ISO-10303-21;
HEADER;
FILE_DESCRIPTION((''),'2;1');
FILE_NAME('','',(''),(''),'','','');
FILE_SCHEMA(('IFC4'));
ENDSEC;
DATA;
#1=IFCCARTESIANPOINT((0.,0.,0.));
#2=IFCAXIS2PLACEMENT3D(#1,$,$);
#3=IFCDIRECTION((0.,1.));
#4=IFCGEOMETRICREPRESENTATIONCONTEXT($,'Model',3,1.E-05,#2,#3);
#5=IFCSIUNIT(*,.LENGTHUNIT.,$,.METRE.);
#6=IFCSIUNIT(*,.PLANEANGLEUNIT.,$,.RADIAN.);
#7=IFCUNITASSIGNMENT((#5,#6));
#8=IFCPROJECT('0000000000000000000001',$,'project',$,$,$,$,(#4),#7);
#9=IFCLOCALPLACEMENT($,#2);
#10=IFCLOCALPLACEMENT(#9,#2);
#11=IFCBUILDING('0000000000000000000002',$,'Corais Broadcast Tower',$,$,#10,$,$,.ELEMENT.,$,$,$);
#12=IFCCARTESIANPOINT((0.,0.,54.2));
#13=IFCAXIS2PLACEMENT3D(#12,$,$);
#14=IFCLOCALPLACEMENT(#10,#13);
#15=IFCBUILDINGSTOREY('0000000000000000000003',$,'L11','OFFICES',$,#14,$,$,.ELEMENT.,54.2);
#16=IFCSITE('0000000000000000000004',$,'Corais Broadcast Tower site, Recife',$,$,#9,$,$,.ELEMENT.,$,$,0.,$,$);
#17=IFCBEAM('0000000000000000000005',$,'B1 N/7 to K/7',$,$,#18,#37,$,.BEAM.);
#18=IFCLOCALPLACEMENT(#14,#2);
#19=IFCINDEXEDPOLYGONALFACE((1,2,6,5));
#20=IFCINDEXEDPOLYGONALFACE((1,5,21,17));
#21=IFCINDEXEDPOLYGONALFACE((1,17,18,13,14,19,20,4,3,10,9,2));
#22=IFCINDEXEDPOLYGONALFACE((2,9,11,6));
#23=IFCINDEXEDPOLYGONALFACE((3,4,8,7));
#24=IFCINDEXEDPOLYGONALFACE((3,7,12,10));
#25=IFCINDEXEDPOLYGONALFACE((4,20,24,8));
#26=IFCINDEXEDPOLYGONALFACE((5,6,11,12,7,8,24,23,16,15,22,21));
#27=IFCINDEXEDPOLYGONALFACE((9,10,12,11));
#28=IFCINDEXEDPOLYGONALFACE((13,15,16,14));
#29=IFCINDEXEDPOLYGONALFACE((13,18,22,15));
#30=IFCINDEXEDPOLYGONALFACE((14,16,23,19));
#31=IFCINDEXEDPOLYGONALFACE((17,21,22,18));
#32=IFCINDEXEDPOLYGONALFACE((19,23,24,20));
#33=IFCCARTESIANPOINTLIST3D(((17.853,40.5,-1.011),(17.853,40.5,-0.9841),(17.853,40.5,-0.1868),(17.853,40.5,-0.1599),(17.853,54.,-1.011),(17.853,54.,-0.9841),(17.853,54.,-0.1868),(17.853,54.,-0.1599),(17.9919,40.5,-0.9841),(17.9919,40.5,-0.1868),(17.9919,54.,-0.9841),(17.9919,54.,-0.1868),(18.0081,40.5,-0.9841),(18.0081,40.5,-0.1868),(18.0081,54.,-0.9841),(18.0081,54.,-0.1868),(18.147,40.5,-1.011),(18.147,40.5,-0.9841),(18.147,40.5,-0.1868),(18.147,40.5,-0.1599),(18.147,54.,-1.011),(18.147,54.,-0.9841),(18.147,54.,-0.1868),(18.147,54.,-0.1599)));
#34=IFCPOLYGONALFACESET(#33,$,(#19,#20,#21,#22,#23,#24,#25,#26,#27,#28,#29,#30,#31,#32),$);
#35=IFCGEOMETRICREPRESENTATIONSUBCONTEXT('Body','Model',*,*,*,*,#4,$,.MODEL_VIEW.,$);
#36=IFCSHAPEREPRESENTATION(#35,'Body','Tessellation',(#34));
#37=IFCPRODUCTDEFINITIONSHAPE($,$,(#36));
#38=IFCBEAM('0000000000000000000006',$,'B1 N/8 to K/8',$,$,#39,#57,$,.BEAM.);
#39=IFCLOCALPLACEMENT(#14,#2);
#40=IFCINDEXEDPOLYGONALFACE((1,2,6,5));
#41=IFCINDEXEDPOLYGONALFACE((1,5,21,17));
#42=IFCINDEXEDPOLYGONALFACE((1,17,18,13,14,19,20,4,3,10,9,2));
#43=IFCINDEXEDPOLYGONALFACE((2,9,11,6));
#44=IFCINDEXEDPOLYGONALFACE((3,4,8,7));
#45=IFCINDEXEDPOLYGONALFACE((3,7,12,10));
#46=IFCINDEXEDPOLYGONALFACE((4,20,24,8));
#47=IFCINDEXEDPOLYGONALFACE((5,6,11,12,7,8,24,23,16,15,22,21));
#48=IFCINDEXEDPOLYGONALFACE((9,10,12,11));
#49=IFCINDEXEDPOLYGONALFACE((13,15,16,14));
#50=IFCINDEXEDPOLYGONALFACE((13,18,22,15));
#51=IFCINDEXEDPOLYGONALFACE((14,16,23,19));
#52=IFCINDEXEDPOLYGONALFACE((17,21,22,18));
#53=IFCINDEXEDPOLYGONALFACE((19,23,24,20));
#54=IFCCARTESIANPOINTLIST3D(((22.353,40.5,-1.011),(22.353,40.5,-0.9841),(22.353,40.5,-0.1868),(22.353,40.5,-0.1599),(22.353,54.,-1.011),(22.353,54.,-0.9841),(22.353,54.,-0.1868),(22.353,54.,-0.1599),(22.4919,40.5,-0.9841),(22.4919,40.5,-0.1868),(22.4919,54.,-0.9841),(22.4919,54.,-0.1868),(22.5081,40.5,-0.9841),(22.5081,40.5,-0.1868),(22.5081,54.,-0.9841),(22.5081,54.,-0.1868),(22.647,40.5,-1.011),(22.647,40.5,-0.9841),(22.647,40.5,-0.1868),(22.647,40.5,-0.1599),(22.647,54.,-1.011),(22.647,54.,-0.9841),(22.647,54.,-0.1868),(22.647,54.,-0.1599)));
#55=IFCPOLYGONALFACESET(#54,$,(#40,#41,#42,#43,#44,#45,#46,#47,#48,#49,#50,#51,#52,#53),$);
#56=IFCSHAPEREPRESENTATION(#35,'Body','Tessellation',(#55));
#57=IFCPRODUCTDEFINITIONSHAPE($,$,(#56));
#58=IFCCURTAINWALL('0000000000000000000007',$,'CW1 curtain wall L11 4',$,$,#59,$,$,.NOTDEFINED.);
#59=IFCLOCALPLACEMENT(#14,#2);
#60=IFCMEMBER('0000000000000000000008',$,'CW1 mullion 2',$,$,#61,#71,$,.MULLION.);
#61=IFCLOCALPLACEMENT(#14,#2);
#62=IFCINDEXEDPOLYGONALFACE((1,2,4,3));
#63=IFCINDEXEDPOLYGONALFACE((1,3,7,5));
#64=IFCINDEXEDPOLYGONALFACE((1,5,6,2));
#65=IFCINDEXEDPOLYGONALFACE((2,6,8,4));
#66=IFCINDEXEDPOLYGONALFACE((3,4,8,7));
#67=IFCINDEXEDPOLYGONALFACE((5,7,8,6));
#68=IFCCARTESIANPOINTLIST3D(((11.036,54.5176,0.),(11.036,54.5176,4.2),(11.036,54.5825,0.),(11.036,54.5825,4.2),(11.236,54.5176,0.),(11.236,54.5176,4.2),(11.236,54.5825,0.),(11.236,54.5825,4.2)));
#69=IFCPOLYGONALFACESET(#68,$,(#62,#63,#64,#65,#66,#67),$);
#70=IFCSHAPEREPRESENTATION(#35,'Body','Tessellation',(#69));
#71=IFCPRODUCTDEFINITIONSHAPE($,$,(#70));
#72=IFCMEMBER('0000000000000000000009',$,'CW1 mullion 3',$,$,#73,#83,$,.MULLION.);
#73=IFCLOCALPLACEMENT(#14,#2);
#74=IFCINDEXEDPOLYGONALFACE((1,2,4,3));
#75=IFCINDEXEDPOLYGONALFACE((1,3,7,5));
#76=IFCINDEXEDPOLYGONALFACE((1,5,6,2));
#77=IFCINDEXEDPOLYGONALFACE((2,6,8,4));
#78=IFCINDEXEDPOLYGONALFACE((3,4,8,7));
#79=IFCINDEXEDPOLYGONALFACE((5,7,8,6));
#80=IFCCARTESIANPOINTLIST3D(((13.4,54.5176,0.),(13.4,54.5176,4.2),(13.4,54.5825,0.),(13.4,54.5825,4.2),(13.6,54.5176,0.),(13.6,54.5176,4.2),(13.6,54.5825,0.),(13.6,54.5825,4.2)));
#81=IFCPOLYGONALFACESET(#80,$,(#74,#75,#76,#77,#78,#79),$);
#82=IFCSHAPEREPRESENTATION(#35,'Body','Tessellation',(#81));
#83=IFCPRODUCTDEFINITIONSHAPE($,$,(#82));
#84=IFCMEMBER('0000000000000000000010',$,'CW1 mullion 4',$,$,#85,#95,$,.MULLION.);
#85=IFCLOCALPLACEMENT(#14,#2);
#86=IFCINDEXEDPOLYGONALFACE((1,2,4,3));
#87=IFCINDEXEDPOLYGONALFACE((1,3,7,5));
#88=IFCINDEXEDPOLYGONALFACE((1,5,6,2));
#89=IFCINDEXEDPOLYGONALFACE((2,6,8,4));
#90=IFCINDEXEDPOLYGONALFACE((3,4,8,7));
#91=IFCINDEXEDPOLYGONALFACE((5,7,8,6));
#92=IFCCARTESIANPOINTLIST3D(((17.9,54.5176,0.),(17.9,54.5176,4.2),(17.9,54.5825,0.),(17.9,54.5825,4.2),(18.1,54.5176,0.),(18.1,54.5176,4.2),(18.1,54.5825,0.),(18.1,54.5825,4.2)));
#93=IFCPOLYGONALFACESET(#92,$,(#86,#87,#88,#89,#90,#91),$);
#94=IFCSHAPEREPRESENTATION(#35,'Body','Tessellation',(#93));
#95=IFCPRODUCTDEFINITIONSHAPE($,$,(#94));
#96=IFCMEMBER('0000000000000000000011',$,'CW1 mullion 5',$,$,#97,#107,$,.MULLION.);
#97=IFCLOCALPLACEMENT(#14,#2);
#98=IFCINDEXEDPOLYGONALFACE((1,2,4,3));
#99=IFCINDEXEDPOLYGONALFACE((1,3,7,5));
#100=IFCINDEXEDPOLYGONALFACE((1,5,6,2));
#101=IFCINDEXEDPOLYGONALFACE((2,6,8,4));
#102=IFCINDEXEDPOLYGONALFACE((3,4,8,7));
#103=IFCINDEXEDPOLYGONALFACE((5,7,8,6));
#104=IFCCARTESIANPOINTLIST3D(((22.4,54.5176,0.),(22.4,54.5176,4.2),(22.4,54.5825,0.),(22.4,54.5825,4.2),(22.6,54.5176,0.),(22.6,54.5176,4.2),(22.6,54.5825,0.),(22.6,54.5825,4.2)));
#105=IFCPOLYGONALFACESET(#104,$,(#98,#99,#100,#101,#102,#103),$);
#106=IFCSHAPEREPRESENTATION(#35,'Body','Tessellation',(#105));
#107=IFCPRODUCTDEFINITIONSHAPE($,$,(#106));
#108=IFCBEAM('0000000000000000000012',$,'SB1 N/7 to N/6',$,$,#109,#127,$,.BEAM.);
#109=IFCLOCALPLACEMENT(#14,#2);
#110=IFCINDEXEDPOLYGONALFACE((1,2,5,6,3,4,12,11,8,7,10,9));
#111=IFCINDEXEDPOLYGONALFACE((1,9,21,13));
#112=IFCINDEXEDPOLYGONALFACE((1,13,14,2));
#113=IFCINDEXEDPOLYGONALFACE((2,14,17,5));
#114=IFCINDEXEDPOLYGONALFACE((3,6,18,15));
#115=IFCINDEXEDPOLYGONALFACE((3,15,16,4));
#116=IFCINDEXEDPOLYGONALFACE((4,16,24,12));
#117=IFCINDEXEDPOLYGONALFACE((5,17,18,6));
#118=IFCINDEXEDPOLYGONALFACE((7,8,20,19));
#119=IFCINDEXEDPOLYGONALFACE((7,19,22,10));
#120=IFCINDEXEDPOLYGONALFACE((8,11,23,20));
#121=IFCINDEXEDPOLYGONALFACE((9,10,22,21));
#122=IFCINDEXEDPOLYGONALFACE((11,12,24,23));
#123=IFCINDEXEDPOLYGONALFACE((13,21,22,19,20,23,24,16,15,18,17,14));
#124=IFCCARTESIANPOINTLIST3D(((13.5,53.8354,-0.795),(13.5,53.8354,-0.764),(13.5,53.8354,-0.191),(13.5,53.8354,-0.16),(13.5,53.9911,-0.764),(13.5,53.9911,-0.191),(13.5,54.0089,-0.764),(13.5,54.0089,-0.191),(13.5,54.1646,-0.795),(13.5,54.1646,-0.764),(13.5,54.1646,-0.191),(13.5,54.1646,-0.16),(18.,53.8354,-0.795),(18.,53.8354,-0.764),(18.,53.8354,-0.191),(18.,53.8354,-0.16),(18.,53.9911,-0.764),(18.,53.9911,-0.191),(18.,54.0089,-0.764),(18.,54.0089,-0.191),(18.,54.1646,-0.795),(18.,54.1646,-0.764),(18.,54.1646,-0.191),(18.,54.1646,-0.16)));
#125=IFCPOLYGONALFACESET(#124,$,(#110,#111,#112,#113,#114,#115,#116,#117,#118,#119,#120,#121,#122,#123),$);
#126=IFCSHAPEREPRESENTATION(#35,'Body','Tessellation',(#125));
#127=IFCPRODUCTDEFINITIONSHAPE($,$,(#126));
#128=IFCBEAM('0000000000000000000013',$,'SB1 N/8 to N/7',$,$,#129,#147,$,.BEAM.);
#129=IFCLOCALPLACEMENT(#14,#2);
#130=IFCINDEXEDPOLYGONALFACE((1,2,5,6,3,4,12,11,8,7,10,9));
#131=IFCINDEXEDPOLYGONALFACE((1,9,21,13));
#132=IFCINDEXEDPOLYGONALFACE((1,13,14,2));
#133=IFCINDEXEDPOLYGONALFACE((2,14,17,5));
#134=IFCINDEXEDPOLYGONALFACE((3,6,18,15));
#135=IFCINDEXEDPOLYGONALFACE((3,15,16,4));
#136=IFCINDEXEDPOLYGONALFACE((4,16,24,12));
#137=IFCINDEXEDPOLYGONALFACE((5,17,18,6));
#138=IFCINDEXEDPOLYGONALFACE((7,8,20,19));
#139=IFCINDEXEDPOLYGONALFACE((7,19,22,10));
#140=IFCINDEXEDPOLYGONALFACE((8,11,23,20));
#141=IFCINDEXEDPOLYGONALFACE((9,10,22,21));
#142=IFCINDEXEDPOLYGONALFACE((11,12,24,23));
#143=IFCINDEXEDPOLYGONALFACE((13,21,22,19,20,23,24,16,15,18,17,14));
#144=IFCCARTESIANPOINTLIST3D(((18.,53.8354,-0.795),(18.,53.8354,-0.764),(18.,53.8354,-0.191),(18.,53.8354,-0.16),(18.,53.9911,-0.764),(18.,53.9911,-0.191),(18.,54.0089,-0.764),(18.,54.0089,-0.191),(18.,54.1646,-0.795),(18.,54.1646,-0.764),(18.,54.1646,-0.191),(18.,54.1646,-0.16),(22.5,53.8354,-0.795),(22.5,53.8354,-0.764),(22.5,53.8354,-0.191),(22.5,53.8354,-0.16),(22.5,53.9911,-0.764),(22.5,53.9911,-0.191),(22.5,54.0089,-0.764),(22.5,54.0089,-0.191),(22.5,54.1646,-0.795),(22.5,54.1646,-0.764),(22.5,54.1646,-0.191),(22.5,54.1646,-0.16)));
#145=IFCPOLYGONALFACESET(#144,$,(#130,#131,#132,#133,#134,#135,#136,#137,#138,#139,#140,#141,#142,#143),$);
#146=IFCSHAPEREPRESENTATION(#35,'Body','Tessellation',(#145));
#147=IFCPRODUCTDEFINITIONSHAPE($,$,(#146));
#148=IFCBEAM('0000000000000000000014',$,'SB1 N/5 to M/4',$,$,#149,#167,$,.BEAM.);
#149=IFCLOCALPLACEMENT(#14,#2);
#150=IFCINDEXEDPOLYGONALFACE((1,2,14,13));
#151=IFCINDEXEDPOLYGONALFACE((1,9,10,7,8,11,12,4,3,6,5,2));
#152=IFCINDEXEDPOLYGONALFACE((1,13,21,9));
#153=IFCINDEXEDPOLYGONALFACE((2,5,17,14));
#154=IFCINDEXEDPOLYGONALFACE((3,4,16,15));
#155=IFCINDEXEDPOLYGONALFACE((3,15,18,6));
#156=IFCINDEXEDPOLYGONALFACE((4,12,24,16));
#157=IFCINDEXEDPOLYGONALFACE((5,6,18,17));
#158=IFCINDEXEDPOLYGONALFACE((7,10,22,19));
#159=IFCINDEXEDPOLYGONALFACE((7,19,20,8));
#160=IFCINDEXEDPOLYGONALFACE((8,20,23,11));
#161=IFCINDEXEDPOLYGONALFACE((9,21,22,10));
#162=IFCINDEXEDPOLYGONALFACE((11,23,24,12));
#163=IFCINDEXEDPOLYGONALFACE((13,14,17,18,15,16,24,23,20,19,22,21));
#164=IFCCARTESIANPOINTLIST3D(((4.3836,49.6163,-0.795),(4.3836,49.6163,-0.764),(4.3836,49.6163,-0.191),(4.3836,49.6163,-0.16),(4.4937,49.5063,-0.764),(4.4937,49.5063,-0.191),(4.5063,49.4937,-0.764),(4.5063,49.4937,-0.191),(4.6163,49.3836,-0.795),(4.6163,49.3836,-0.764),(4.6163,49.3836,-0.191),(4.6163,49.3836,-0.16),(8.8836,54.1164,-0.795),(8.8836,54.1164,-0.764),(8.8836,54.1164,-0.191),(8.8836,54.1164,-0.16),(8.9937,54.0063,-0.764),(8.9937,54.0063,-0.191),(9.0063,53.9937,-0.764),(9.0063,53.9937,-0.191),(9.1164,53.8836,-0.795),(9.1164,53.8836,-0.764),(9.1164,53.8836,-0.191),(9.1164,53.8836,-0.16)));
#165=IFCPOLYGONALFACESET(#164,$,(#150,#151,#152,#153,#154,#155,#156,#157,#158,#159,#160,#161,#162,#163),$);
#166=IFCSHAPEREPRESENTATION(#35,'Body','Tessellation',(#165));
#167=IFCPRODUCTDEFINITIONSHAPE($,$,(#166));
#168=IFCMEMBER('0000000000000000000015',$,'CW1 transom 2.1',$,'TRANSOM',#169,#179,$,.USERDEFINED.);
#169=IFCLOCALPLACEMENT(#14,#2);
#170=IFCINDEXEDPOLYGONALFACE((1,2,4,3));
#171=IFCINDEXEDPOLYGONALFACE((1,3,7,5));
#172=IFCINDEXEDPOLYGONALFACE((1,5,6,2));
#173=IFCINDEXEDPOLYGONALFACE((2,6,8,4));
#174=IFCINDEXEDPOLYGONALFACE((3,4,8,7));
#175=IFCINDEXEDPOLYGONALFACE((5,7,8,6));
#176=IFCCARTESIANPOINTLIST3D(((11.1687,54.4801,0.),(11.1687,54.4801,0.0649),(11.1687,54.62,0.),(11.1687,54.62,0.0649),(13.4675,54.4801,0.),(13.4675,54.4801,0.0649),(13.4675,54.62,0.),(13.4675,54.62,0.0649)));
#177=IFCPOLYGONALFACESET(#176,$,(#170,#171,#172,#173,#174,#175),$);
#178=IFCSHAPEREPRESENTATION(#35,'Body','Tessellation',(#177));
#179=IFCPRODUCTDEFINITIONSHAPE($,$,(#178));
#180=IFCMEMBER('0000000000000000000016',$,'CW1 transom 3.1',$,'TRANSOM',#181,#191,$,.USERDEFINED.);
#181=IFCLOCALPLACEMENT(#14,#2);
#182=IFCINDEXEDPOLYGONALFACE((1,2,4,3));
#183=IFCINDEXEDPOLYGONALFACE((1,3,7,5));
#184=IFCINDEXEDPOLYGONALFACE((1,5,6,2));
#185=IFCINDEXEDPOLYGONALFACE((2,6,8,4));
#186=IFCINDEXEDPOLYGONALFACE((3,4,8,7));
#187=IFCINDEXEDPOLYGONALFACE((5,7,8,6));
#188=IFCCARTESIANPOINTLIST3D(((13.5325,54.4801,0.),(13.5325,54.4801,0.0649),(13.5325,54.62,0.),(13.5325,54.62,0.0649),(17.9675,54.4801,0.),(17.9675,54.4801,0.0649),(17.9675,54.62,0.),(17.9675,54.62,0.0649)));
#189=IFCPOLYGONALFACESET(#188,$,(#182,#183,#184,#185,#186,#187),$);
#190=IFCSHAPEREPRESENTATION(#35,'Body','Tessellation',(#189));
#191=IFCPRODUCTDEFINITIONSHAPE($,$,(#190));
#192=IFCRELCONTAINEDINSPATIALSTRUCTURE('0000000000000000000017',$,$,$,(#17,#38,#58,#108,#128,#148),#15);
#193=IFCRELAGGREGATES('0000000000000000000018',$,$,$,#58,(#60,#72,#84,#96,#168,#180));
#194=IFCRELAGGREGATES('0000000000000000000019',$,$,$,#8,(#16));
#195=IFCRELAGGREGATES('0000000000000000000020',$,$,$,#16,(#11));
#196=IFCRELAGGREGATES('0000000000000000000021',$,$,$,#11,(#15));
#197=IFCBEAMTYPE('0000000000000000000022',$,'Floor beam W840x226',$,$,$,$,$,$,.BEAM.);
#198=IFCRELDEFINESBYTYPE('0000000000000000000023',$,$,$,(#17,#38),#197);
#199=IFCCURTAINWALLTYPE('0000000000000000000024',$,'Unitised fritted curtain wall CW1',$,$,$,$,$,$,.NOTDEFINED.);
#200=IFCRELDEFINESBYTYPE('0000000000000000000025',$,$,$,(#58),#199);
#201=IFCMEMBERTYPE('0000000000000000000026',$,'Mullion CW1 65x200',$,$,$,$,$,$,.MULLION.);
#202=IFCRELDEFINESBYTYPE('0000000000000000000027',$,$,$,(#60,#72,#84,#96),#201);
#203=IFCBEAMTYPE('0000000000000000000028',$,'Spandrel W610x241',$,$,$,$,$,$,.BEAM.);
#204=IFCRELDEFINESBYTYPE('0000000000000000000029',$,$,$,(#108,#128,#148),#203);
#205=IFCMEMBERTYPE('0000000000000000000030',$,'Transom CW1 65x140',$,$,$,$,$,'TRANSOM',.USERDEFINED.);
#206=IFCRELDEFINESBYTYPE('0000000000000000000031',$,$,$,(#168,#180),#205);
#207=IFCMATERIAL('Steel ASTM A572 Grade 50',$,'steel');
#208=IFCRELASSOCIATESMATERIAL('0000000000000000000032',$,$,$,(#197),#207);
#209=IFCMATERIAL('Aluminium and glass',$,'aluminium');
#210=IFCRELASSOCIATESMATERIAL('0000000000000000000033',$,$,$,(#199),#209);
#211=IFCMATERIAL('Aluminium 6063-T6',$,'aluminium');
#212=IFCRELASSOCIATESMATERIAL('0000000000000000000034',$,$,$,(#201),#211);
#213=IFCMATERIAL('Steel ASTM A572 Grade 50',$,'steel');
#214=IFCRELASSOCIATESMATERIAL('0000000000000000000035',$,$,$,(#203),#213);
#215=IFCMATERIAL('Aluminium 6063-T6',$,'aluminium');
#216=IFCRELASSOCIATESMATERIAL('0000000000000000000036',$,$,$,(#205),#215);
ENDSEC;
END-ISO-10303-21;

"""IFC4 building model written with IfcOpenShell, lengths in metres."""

from ifc_helpers import new_model, si_unit, direction, frame, origin, origin_2d, place, context, subcontext, project, spatial, rectangle, i_section, extrude, material, material_profile, profile_set, type_object, element, aggregate, save


model = new_model("IFC4")

# Units and contexts
model_context = context("Model", 3, precision=1e-05, world=origin(), true_north=direction((0.0, 1.0)))
body_context = subcontext(model_context, "Body", "Model", "MODEL_VIEW")
ifc_project = project(units=[si_unit("LENGTHUNIT", "METRE"), si_unit("PLANEANGLEUNIT", "RADIAN")], contexts=[model_context])

# Site, building, storey
site_placement = place(None, origin())
site = spatial("IfcSite", under=ifc_project, at=site_placement, Name="Corais Broadcast Tower site, Recife", CompositionType="ELEMENT", RefElevation=0.0)
building_placement = place(site_placement, origin())
building = spatial("IfcBuilding", under=site, at=building_placement, Name="Corais Broadcast Tower", CompositionType="ELEMENT")
storey_placement = place(building_placement, frame((0.0, 0.0, 54.2)))
storey = spatial("IfcBuildingStorey", under=building, at=storey_placement, Name="L11", Description="OFFICES", CompositionType="ELEMENT", Elevation=54.2)

# Beams
ifc_material_1 = material(Name="Steel ASTM A572 Grade 50", Category="steel")
ifc_material_profile_1 = material_profile(ifc_material_1, i_section(OverallWidth=0.2939, OverallDepth=0.8511, WebThickness=0.0161, FlangeThickness=0.0269, at=origin_2d()), Name="W840x226")
ifc_profile_set_1 = profile_set([ifc_material_profile_1], Name="Steel ASTM A572 Grade 50")
beam_type_1 = type_object("IfcBeamType", Name="Floor beam W840x226", PredefinedType="BEAM", material=ifc_profile_set_1)
for number, where, z_axis, x_axis, name in (
    (1, (18.0, 54.0, -0.5854), (0.0, -1.0, 0.0), (1.0, 0.0, 0.0), "B1 N/7 to K/7"),
    (2, (22.5, 54.0, -0.5854), (0.0, -1.0, 0.0), (1.0, 0.0, 0.0), "B1 N/8 to K/8"),
):
    element("IfcBeam", number, at=place(storey_placement, frame(where, z_axis=z_axis, x_axis=x_axis)), inside=storey, type_object=beam_type_1, Name=name, PredefinedType="BEAM", context=body_context, shape_type="SweptSolid", body=[
        extrude(i_section(OverallWidth=0.2939, OverallDepth=0.8511, WebThickness=0.0161, FlangeThickness=0.0269, at=origin_2d()), origin(), (0.0, 0.0, 1.0), 13.5),
    ])

# Curtain wall, members
ifc_material_2 = material(Name="Aluminium and glass", Category="aluminium")
curtain_wall_type = type_object("IfcCurtainWallType", Name="Unitised fritted curtain wall CW1", PredefinedType="NOTDEFINED", material=ifc_material_2)
curtain_wall_placement = place(storey_placement, origin())
curtain_wall = element("IfcCurtainWall", 3, at=curtain_wall_placement, inside=storey, type_object=curtain_wall_type, Name="CW1 curtain wall L11 4", PredefinedType="NOTDEFINED")
ifc_material_3 = material(Name="Aluminium 6063-T6", Category="aluminium")
ifc_material_profile_2 = material_profile(ifc_material_3, rectangle(XDim=0.0649, YDim=0.2, at=origin_2d()), Name="Mullion CW1 65x200")
ifc_profile_set_2 = profile_set([ifc_material_profile_2], Name="Aluminium 6063-T6")
member_type_1 = type_object("IfcMemberType", Name="Mullion CW1 65x200", PredefinedType="MULLION", material=ifc_profile_set_2)
member_1_placement = place(storey_placement, frame((11.136, 54.55, 0.0), z_axis=(0.0, 0.0, 1.0), x_axis=(0.0, 1.0, 0.0)))
member_1 = element("IfcMember", 4, at=member_1_placement, type_object=member_type_1, Name="CW1 mullion 2", PredefinedType="MULLION", context=body_context, shape_type="SweptSolid", body=[
    extrude(rectangle(XDim=0.0649, YDim=0.2, at=origin_2d()), origin(), (0.0, 0.0, 1.0), 4.2),
])
member_2_placement = place(storey_placement, frame((13.5, 54.55, 0.0), z_axis=(0.0, 0.0, 1.0), x_axis=(0.0, 1.0, 0.0)))
member_2 = element("IfcMember", 5, at=member_2_placement, type_object=member_type_1, Name="CW1 mullion 3", PredefinedType="MULLION", context=body_context, shape_type="SweptSolid", body=[
    extrude(rectangle(XDim=0.0649, YDim=0.2, at=origin_2d()), origin(), (0.0, 0.0, 1.0), 4.2),
])
member_3_placement = place(storey_placement, frame((18.0, 54.55, 0.0), z_axis=(0.0, 0.0, 1.0), x_axis=(0.0, 1.0, 0.0)))
member_3 = element("IfcMember", 6, at=member_3_placement, type_object=member_type_1, Name="CW1 mullion 4", PredefinedType="MULLION", context=body_context, shape_type="SweptSolid", body=[
    extrude(rectangle(XDim=0.0649, YDim=0.2, at=origin_2d()), origin(), (0.0, 0.0, 1.0), 4.2),
])
member_4_placement = place(storey_placement, frame((22.5, 54.55, 0.0), z_axis=(0.0, 0.0, 1.0), x_axis=(0.0, 1.0, 0.0)))
member_4 = element("IfcMember", 7, at=member_4_placement, type_object=member_type_1, Name="CW1 mullion 5", PredefinedType="MULLION", context=body_context, shape_type="SweptSolid", body=[
    extrude(rectangle(XDim=0.0649, YDim=0.2, at=origin_2d()), origin(), (0.0, 0.0, 1.0), 4.2),
])

# Beams
ifc_material_4 = material(Name="Steel ASTM A572 Grade 50", Category="steel")
ifc_material_profile_3 = material_profile(ifc_material_4, i_section(OverallWidth=0.3291, OverallDepth=0.635, WebThickness=0.0178, FlangeThickness=0.031, at=origin_2d()), Name="W610x241")
ifc_profile_set_3 = profile_set([ifc_material_profile_3], Name="Steel ASTM A572 Grade 50")
beam_type_2 = type_object("IfcBeamType", Name="Spandrel W610x241", PredefinedType="BEAM", material=ifc_profile_set_3)
for number, where, z_axis, x_axis, name in (
    (8, (18.0, 54.0, -0.4775), (-1.0, 0.0, 0.0), (0.0, -1.0, 0.0), "SB1 N/7 to N/6"),
    (9, (22.5, 54.0, -0.4775), (-1.0, 0.0, 0.0), (0.0, -1.0, 0.0), "SB1 N/8 to N/7"),
):
    element("IfcBeam", number, at=place(storey_placement, frame(where, z_axis=z_axis, x_axis=x_axis)), inside=storey, type_object=beam_type_2, Name=name, PredefinedType="BEAM", context=body_context, shape_type="SweptSolid", body=[
        extrude(i_section(OverallWidth=0.3291, OverallDepth=0.635, WebThickness=0.0178, FlangeThickness=0.031, at=origin_2d()), origin(), (0.0, 0.0, 1.0), 4.5),
    ])
beam_1_placement = place(storey_placement, frame((9.0, 54.0, -0.4775), z_axis=(-0.707107, -0.707107, 0.0), x_axis=(0.707107, -0.707107, 0.0)))
element("IfcBeam", 10, at=beam_1_placement, inside=storey, type_object=beam_type_2, Name="SB1 N/5 to M/4", PredefinedType="BEAM", context=body_context, shape_type="SweptSolid", body=[
    extrude(i_section(OverallWidth=0.3291, OverallDepth=0.635, WebThickness=0.0178, FlangeThickness=0.031, at=origin_2d()), origin(), (0.0, 0.0, 1.0), 6.364),
])

# Members
ifc_material_5 = material(Name="Aluminium 6063-T6", Category="aluminium")
ifc_material_profile_4 = material_profile(ifc_material_5, rectangle(XDim=0.1399, YDim=0.0649, at=origin_2d()), Name="Transom CW1 65x140")
ifc_profile_set_4 = profile_set([ifc_material_profile_4], Name="Aluminium 6063-T6")
member_type_2 = type_object("IfcMemberType", Name="Transom CW1 65x140", ElementType="TRANSOM", PredefinedType="USERDEFINED", material=ifc_profile_set_4)
member_5_placement = place(storey_placement, frame((11.1687, 54.55, 0.0325), z_axis=(1.0, 0.0, 0.0), x_axis=(0.0, 1.0, 0.0)))
member_5 = element("IfcMember", 11, at=member_5_placement, type_object=member_type_2, Name="CW1 transom 2.1", ObjectType="TRANSOM", PredefinedType="USERDEFINED", context=body_context, shape_type="SweptSolid", body=[
    extrude(rectangle(XDim=0.1399, YDim=0.0649, at=origin_2d()), origin(), (0.0, 0.0, 1.0), 2.2988),
])
member_6_placement = place(storey_placement, frame((13.5325, 54.55, 0.0325), z_axis=(1.0, 0.0, 0.0), x_axis=(0.0, 1.0, 0.0)))
member_6 = element("IfcMember", 12, at=member_6_placement, type_object=member_type_2, Name="CW1 transom 3.1", ObjectType="TRANSOM", PredefinedType="USERDEFINED", context=body_context, shape_type="SweptSolid", body=[
    extrude(rectangle(XDim=0.1399, YDim=0.0649, at=origin_2d()), origin(), (0.0, 0.0, 1.0), 4.4351),
])

aggregate(curtain_wall, [member_1, member_2, member_3, member_4, member_5, member_6])

save(model, "model.ifc")
